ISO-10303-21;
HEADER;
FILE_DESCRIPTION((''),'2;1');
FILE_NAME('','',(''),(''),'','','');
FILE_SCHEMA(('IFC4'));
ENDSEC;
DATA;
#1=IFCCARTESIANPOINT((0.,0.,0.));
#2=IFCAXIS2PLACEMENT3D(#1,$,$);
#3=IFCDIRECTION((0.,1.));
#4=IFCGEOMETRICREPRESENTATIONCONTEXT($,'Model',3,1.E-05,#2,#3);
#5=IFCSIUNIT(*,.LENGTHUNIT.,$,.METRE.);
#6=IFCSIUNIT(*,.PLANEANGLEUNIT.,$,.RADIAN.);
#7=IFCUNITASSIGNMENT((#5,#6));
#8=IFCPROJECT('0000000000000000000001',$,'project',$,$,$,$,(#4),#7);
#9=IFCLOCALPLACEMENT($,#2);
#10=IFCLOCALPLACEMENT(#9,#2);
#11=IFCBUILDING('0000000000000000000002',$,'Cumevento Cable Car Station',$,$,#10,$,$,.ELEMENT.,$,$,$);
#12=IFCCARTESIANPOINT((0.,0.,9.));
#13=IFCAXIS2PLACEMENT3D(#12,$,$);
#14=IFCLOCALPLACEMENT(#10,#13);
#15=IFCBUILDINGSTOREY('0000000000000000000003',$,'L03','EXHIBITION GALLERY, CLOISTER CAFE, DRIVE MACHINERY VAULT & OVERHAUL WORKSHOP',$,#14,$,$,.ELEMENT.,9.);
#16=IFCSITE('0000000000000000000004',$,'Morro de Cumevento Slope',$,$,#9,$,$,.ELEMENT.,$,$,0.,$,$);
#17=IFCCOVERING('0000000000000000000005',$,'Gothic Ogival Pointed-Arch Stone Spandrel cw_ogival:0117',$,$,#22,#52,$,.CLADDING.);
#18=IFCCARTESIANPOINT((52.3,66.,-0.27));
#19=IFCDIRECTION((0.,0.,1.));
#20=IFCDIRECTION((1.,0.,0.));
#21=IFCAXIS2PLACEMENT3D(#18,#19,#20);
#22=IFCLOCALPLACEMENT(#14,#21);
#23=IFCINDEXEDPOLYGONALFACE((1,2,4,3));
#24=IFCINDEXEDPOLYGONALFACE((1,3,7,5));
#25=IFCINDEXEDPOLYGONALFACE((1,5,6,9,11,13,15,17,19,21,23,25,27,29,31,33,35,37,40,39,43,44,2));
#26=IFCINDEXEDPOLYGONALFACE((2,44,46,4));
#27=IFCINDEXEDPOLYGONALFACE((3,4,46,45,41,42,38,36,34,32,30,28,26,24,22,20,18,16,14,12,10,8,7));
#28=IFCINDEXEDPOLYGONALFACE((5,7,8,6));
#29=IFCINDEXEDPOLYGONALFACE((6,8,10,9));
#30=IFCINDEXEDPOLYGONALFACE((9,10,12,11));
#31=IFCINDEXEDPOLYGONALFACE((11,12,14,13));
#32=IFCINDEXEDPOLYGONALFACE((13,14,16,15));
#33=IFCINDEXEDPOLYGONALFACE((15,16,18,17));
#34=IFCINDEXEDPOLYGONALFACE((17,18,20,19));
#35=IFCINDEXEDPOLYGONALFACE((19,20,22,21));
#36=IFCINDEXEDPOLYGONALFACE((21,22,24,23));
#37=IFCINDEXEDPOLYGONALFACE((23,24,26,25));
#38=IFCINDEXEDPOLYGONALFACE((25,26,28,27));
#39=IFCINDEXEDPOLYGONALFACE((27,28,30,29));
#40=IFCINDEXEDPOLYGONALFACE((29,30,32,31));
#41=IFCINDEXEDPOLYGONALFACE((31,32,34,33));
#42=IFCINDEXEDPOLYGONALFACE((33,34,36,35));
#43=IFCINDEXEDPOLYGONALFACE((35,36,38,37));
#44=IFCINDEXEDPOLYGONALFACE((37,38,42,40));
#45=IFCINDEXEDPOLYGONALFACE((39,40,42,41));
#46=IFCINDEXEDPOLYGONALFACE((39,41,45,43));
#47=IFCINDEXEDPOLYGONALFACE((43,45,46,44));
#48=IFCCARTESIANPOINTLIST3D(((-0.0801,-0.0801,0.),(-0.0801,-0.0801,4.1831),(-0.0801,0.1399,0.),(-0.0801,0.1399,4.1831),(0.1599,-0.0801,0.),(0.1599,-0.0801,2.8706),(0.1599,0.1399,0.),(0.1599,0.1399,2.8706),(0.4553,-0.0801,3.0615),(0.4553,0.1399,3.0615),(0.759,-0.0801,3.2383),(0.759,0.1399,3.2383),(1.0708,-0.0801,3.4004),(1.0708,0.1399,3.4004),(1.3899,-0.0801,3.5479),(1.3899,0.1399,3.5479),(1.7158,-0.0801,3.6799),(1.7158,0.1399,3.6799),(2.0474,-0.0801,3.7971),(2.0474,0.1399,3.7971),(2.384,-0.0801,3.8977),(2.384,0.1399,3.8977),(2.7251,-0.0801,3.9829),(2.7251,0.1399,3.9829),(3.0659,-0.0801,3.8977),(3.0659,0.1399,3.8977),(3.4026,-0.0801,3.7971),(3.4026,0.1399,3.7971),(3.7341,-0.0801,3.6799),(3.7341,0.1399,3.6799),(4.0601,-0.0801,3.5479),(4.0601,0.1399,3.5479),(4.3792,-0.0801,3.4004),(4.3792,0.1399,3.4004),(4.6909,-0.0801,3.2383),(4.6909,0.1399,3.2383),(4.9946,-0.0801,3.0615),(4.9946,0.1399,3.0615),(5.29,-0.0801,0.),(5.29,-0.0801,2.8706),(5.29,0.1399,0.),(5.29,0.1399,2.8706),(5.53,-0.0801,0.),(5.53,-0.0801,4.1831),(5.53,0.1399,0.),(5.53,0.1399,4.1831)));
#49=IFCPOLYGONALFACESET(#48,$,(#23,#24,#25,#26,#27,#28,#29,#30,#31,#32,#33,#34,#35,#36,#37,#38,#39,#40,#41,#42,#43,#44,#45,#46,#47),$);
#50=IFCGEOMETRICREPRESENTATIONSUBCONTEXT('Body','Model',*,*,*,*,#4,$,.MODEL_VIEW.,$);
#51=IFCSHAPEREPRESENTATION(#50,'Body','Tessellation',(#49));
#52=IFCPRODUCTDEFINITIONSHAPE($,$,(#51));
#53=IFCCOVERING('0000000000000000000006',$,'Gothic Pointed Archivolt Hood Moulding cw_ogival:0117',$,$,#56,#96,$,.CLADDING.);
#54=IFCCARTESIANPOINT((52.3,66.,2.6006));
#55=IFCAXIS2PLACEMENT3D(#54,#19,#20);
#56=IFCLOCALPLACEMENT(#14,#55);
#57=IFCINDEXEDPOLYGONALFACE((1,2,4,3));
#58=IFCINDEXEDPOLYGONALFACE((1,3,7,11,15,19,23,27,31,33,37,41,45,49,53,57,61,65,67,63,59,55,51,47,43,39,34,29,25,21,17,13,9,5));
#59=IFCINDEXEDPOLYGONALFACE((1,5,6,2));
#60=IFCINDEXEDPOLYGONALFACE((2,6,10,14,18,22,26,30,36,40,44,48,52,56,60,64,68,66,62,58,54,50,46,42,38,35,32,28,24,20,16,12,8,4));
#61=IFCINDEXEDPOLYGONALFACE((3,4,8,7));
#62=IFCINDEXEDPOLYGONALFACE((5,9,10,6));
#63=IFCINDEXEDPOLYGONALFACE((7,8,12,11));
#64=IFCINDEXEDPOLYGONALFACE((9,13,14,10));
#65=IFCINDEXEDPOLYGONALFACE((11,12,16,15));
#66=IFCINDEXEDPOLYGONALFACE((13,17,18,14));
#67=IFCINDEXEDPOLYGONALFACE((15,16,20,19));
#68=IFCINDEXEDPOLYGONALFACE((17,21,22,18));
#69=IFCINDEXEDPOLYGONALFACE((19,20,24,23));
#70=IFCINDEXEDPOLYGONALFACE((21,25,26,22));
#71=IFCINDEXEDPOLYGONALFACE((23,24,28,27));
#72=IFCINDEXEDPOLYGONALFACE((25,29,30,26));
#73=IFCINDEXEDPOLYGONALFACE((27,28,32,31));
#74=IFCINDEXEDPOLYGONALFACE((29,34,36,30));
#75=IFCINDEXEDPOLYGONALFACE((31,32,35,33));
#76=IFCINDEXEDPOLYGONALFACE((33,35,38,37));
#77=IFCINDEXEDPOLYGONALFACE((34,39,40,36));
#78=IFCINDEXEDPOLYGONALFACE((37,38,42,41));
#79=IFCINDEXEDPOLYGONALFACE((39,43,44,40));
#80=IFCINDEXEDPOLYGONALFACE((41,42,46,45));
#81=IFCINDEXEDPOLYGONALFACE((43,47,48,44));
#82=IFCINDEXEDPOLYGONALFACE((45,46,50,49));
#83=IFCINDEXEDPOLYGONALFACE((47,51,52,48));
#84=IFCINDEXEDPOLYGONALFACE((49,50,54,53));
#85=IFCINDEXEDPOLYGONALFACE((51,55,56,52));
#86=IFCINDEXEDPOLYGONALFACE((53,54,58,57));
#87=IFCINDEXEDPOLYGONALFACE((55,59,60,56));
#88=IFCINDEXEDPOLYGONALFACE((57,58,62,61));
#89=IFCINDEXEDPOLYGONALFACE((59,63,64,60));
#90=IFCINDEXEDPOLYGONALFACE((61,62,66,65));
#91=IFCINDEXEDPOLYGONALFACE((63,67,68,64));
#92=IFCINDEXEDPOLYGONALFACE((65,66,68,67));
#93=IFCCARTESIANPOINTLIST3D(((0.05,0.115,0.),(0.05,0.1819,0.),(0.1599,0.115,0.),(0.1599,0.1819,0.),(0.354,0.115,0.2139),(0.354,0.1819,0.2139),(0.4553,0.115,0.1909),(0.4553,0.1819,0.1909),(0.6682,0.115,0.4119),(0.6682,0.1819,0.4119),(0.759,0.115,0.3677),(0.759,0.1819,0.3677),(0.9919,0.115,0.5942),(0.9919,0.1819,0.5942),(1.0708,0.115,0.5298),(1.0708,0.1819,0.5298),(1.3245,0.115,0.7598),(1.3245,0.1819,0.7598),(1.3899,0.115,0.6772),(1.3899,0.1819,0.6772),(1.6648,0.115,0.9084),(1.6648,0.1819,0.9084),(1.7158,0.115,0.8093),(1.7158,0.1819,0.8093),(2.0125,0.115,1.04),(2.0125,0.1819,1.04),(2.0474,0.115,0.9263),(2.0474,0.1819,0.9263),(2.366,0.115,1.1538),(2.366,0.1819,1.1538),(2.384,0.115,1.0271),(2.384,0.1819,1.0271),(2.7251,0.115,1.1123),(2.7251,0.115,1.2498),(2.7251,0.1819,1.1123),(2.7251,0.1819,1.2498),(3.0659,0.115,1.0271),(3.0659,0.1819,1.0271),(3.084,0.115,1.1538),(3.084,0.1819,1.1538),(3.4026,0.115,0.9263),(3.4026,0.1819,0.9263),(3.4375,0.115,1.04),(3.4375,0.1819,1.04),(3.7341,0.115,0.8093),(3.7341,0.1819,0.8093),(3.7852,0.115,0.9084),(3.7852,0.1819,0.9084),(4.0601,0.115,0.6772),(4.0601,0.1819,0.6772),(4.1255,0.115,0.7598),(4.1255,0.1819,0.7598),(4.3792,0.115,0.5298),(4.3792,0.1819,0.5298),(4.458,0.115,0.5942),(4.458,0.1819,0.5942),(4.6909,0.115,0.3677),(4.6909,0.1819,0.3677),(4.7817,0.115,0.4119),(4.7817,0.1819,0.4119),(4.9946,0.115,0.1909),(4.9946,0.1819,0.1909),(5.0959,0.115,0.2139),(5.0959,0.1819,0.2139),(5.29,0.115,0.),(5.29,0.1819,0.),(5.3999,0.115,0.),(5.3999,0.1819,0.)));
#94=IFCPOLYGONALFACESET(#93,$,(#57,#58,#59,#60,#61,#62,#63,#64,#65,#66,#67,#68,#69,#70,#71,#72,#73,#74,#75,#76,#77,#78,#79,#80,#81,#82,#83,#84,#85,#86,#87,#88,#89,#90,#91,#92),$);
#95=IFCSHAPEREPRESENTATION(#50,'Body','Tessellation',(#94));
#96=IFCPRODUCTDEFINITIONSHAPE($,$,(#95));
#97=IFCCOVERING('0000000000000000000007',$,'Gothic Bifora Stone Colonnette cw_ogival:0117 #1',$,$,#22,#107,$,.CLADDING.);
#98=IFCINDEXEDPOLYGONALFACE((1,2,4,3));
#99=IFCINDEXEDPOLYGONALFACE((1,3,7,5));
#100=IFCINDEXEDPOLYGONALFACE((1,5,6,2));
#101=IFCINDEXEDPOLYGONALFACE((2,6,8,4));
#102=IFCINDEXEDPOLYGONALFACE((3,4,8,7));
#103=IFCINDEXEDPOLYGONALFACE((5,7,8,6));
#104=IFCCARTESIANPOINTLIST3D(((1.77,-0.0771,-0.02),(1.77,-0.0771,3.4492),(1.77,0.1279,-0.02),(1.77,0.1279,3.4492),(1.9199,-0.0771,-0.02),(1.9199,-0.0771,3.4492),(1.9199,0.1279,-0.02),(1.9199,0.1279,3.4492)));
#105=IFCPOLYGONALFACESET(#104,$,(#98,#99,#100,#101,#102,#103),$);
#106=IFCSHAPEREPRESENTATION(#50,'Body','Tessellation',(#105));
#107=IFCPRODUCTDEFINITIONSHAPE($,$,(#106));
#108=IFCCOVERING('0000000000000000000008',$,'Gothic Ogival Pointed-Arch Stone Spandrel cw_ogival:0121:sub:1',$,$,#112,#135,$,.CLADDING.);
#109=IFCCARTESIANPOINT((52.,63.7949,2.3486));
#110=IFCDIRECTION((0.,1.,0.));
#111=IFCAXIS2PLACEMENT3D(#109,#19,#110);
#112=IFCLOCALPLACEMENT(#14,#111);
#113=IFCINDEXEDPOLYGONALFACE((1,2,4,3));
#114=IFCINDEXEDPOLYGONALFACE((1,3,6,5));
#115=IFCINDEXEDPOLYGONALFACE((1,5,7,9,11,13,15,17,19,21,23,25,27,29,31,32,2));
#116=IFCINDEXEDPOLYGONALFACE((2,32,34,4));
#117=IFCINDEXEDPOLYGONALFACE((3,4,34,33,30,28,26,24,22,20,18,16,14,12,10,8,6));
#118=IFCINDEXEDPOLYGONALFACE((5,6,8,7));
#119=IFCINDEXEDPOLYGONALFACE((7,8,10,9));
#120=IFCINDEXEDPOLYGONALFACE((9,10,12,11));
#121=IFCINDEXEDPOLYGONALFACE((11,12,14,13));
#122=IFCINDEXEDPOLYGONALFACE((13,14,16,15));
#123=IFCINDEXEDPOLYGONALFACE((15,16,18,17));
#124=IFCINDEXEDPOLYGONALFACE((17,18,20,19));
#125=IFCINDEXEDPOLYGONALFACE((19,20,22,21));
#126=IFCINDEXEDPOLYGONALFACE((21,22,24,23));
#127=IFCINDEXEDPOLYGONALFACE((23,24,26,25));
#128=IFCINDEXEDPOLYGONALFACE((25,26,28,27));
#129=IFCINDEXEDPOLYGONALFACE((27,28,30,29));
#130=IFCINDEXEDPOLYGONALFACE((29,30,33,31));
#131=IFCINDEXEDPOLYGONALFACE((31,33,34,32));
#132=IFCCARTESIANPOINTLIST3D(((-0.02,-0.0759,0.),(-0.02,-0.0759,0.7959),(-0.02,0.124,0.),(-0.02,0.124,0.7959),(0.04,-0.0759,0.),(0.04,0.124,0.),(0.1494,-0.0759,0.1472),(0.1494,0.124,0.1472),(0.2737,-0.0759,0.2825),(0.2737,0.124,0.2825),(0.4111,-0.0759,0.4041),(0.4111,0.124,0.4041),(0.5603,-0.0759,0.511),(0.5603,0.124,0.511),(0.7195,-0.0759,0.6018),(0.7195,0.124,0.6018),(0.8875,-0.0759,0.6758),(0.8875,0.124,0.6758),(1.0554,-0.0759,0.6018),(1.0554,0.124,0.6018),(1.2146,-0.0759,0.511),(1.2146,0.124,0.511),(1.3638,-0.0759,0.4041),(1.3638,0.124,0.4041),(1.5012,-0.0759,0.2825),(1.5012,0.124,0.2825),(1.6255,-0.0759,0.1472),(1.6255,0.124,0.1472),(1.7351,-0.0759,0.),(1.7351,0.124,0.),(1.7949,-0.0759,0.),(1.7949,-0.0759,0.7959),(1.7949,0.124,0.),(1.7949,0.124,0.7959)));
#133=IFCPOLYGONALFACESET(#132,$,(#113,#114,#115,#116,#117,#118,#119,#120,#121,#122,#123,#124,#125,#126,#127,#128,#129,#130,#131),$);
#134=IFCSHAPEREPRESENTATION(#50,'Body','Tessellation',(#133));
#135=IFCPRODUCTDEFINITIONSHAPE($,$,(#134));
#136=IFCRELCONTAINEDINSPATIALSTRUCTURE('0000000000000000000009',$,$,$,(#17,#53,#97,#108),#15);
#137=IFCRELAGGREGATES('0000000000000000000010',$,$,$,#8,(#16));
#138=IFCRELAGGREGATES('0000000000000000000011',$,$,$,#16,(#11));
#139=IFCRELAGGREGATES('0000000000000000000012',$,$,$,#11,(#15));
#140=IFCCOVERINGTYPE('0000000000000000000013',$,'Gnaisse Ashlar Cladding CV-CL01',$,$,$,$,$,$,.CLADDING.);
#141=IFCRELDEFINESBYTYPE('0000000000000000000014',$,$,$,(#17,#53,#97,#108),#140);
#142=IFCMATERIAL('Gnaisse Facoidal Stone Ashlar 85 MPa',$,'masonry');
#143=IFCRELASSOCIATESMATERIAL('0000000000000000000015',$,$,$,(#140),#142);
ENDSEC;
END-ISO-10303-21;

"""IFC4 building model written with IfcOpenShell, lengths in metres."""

from ifc_helpers import new_model, si_unit, direction, frame, origin, place, context, subcontext, project, spatial, polyline, outline, extrude, material, type_object, element, save


model = new_model("IFC4")

# Units and contexts
model_context = context("Model", 3, precision=1e-05, world=origin(), true_north=direction((0.0, 1.0)))
body_context = subcontext(model_context, "Body", "Model", "MODEL_VIEW")
ifc_project = project(units=[si_unit("LENGTHUNIT", "METRE"), si_unit("PLANEANGLEUNIT", "RADIAN")], contexts=[model_context])

# Site, building, storey
site_placement = place(None, origin())
site = spatial("IfcSite", under=ifc_project, at=site_placement, Name="Morro de Cumevento Slope", CompositionType="ELEMENT", RefElevation=0.0)
building_placement = place(site_placement, origin())
building = spatial("IfcBuilding", under=site, at=building_placement, Name="Cumevento Cable Car Station", CompositionType="ELEMENT")
storey_placement = place(building_placement, frame((0.0, 0.0, 9.0)))
storey = spatial("IfcBuildingStorey", under=building, at=storey_placement, Name="L03", Description="EXHIBITION GALLERY, CLOISTER CAFE, DRIVE MACHINERY VAULT & OVERHAUL WORKSHOP", CompositionType="ELEMENT", Elevation=9.0)

# Coverings
ifc_material_1 = material(Name="Gnaisse Facoidal Stone Ashlar 85 MPa", Category="masonry")
covering_type = type_object("IfcCoveringType", Name="Gnaisse Ashlar Cladding CV-CL01", PredefinedType="CLADDING", material=ifc_material_1)
placement = place(storey_placement, frame((52.3, 66.0, -0.27), z_axis=(0.0, 0.0, 1.0), x_axis=(1.0, 0.0, 0.0)))
element("IfcCovering", 1, at=placement, inside=storey, type_object=covering_type, Name="Gothic Ogival Pointed-Arch Stone Spandrel cw_ogival:0117", PredefinedType="CLADDING", context=body_context, shape_type="SweptSolid", body=[
    extrude(outline(polyline([(-0.0801, 0.0), (-0.0801, 4.1831), (5.53, 4.1831), (5.53, 0.0), (5.29, 0.0), (5.29, 2.8706), (4.9946, 3.0615), (4.6909, 3.2383), (4.3792, 3.4004), (4.0601, 3.5479), (3.7341, 3.6799), (3.4026, 3.7971), (3.0659, 3.8977), (2.7251, 3.9829), (2.384, 3.8977), (2.0474, 3.7971), (1.7158, 3.6799), (1.3899, 3.5479), (1.0708, 3.4004), (0.759, 3.2383), (0.4553, 3.0615), (0.1599, 2.8706), (0.1599, 0.0), (-0.0801, 0.0)])), frame((0.0, 0.1399, 0.0), z_axis=(0.0, -1.0, 0.0), x_axis=(1.0, 0.0, 0.0)), (0.0, 0.0, 1.0), 0.22),
])
covering_1_placement = place(storey_placement, frame((52.3, 66.0, 2.6006), z_axis=(0.0, 0.0, 1.0), x_axis=(1.0, 0.0, 0.0)))
element("IfcCovering", 2, at=covering_1_placement, inside=storey, type_object=covering_type, Name="Gothic Pointed Archivolt Hood Moulding cw_ogival:0117", PredefinedType="CLADDING", context=body_context, shape_type="SweptSolid", body=[
    extrude(outline(polyline([(0.1599, 0.0), (0.4553, 0.1909), (0.759, 0.3677), (1.0708, 0.5298), (1.3899, 0.6772), (1.7158, 0.8093), (2.0474, 0.9263), (2.384, 1.0271), (2.7251, 1.1123), (3.0659, 1.0271), (3.4026, 0.9263), (3.7341, 0.8093), (4.0601, 0.6772), (4.3792, 0.5298), (4.6909, 0.3677), (4.9946, 0.1909), (5.29, 0.0), (5.3999, 0.0), (5.0959, 0.2139), (4.7817, 0.4119), (4.458, 0.5942), (4.1255, 0.7598), (3.7852, 0.9084), (3.4375, 1.04), (3.084, 1.1538), (2.7251, 1.2498), (2.366, 1.1538), (2.0125, 1.04), (1.6648, 0.9084), (1.3245, 0.7598), (0.9919, 0.5942), (0.6682, 0.4119), (0.354, 0.2139), (0.05, 0.0), (0.1599, 0.0)])), frame((0.0, 0.1819, 0.0), z_axis=(0.0, -1.0, 0.0), x_axis=(1.0, 0.0, 0.0)), (0.0, 0.0, 1.0), 0.0669),
])
element("IfcCovering", 3, at=placement, inside=storey, type_object=covering_type, Name="Gothic Bifora Stone Colonnette cw_ogival:0117 #1", PredefinedType="CLADDING", context=body_context, shape_type="SweptSolid", body=[
    extrude(outline(polyline([(1.77, -0.02), (1.9199, -0.02), (1.9199, 3.4492), (1.77, 3.4492), (1.77, -0.02)])), frame((0.0, 0.1279, 0.0), z_axis=(0.0, -1.0, 0.0), x_axis=(1.0, 0.0, 0.0)), (0.0, 0.0, 1.0), 0.2051),
])
covering_2_placement = place(storey_placement, frame((52.0, 63.7949, 2.3486), z_axis=(0.0, 0.0, 1.0), x_axis=(0.0, 1.0, 0.0)))
element("IfcCovering", 4, at=covering_2_placement, inside=storey, type_object=covering_type, Name="Gothic Ogival Pointed-Arch Stone Spandrel cw_ogival:0121:sub:1", PredefinedType="CLADDING", context=body_context, shape_type="SweptSolid", body=[
    extrude(outline(polyline([(-0.02, 0.0), (-0.02, 0.7959), (1.7949, 0.7959), (1.7949, 0.0), (1.7351, 0.0), (1.6255, 0.1472), (1.5012, 0.2825), (1.3638, 0.4041), (1.2146, 0.511), (1.0554, 0.6018), (0.8875, 0.6758), (0.7195, 0.6018), (0.5603, 0.511), (0.4111, 0.4041), (0.2737, 0.2825), (0.1494, 0.1472), (0.04, 0.0), (-0.02, 0.0)])), frame((0.0, 0.124, 0.0), z_axis=(0.0, -1.0, 0.0), x_axis=(1.0, 0.0, 0.0)), (0.0, 0.0, 1.0), 0.2),
])

save(model, "model.ifc")
